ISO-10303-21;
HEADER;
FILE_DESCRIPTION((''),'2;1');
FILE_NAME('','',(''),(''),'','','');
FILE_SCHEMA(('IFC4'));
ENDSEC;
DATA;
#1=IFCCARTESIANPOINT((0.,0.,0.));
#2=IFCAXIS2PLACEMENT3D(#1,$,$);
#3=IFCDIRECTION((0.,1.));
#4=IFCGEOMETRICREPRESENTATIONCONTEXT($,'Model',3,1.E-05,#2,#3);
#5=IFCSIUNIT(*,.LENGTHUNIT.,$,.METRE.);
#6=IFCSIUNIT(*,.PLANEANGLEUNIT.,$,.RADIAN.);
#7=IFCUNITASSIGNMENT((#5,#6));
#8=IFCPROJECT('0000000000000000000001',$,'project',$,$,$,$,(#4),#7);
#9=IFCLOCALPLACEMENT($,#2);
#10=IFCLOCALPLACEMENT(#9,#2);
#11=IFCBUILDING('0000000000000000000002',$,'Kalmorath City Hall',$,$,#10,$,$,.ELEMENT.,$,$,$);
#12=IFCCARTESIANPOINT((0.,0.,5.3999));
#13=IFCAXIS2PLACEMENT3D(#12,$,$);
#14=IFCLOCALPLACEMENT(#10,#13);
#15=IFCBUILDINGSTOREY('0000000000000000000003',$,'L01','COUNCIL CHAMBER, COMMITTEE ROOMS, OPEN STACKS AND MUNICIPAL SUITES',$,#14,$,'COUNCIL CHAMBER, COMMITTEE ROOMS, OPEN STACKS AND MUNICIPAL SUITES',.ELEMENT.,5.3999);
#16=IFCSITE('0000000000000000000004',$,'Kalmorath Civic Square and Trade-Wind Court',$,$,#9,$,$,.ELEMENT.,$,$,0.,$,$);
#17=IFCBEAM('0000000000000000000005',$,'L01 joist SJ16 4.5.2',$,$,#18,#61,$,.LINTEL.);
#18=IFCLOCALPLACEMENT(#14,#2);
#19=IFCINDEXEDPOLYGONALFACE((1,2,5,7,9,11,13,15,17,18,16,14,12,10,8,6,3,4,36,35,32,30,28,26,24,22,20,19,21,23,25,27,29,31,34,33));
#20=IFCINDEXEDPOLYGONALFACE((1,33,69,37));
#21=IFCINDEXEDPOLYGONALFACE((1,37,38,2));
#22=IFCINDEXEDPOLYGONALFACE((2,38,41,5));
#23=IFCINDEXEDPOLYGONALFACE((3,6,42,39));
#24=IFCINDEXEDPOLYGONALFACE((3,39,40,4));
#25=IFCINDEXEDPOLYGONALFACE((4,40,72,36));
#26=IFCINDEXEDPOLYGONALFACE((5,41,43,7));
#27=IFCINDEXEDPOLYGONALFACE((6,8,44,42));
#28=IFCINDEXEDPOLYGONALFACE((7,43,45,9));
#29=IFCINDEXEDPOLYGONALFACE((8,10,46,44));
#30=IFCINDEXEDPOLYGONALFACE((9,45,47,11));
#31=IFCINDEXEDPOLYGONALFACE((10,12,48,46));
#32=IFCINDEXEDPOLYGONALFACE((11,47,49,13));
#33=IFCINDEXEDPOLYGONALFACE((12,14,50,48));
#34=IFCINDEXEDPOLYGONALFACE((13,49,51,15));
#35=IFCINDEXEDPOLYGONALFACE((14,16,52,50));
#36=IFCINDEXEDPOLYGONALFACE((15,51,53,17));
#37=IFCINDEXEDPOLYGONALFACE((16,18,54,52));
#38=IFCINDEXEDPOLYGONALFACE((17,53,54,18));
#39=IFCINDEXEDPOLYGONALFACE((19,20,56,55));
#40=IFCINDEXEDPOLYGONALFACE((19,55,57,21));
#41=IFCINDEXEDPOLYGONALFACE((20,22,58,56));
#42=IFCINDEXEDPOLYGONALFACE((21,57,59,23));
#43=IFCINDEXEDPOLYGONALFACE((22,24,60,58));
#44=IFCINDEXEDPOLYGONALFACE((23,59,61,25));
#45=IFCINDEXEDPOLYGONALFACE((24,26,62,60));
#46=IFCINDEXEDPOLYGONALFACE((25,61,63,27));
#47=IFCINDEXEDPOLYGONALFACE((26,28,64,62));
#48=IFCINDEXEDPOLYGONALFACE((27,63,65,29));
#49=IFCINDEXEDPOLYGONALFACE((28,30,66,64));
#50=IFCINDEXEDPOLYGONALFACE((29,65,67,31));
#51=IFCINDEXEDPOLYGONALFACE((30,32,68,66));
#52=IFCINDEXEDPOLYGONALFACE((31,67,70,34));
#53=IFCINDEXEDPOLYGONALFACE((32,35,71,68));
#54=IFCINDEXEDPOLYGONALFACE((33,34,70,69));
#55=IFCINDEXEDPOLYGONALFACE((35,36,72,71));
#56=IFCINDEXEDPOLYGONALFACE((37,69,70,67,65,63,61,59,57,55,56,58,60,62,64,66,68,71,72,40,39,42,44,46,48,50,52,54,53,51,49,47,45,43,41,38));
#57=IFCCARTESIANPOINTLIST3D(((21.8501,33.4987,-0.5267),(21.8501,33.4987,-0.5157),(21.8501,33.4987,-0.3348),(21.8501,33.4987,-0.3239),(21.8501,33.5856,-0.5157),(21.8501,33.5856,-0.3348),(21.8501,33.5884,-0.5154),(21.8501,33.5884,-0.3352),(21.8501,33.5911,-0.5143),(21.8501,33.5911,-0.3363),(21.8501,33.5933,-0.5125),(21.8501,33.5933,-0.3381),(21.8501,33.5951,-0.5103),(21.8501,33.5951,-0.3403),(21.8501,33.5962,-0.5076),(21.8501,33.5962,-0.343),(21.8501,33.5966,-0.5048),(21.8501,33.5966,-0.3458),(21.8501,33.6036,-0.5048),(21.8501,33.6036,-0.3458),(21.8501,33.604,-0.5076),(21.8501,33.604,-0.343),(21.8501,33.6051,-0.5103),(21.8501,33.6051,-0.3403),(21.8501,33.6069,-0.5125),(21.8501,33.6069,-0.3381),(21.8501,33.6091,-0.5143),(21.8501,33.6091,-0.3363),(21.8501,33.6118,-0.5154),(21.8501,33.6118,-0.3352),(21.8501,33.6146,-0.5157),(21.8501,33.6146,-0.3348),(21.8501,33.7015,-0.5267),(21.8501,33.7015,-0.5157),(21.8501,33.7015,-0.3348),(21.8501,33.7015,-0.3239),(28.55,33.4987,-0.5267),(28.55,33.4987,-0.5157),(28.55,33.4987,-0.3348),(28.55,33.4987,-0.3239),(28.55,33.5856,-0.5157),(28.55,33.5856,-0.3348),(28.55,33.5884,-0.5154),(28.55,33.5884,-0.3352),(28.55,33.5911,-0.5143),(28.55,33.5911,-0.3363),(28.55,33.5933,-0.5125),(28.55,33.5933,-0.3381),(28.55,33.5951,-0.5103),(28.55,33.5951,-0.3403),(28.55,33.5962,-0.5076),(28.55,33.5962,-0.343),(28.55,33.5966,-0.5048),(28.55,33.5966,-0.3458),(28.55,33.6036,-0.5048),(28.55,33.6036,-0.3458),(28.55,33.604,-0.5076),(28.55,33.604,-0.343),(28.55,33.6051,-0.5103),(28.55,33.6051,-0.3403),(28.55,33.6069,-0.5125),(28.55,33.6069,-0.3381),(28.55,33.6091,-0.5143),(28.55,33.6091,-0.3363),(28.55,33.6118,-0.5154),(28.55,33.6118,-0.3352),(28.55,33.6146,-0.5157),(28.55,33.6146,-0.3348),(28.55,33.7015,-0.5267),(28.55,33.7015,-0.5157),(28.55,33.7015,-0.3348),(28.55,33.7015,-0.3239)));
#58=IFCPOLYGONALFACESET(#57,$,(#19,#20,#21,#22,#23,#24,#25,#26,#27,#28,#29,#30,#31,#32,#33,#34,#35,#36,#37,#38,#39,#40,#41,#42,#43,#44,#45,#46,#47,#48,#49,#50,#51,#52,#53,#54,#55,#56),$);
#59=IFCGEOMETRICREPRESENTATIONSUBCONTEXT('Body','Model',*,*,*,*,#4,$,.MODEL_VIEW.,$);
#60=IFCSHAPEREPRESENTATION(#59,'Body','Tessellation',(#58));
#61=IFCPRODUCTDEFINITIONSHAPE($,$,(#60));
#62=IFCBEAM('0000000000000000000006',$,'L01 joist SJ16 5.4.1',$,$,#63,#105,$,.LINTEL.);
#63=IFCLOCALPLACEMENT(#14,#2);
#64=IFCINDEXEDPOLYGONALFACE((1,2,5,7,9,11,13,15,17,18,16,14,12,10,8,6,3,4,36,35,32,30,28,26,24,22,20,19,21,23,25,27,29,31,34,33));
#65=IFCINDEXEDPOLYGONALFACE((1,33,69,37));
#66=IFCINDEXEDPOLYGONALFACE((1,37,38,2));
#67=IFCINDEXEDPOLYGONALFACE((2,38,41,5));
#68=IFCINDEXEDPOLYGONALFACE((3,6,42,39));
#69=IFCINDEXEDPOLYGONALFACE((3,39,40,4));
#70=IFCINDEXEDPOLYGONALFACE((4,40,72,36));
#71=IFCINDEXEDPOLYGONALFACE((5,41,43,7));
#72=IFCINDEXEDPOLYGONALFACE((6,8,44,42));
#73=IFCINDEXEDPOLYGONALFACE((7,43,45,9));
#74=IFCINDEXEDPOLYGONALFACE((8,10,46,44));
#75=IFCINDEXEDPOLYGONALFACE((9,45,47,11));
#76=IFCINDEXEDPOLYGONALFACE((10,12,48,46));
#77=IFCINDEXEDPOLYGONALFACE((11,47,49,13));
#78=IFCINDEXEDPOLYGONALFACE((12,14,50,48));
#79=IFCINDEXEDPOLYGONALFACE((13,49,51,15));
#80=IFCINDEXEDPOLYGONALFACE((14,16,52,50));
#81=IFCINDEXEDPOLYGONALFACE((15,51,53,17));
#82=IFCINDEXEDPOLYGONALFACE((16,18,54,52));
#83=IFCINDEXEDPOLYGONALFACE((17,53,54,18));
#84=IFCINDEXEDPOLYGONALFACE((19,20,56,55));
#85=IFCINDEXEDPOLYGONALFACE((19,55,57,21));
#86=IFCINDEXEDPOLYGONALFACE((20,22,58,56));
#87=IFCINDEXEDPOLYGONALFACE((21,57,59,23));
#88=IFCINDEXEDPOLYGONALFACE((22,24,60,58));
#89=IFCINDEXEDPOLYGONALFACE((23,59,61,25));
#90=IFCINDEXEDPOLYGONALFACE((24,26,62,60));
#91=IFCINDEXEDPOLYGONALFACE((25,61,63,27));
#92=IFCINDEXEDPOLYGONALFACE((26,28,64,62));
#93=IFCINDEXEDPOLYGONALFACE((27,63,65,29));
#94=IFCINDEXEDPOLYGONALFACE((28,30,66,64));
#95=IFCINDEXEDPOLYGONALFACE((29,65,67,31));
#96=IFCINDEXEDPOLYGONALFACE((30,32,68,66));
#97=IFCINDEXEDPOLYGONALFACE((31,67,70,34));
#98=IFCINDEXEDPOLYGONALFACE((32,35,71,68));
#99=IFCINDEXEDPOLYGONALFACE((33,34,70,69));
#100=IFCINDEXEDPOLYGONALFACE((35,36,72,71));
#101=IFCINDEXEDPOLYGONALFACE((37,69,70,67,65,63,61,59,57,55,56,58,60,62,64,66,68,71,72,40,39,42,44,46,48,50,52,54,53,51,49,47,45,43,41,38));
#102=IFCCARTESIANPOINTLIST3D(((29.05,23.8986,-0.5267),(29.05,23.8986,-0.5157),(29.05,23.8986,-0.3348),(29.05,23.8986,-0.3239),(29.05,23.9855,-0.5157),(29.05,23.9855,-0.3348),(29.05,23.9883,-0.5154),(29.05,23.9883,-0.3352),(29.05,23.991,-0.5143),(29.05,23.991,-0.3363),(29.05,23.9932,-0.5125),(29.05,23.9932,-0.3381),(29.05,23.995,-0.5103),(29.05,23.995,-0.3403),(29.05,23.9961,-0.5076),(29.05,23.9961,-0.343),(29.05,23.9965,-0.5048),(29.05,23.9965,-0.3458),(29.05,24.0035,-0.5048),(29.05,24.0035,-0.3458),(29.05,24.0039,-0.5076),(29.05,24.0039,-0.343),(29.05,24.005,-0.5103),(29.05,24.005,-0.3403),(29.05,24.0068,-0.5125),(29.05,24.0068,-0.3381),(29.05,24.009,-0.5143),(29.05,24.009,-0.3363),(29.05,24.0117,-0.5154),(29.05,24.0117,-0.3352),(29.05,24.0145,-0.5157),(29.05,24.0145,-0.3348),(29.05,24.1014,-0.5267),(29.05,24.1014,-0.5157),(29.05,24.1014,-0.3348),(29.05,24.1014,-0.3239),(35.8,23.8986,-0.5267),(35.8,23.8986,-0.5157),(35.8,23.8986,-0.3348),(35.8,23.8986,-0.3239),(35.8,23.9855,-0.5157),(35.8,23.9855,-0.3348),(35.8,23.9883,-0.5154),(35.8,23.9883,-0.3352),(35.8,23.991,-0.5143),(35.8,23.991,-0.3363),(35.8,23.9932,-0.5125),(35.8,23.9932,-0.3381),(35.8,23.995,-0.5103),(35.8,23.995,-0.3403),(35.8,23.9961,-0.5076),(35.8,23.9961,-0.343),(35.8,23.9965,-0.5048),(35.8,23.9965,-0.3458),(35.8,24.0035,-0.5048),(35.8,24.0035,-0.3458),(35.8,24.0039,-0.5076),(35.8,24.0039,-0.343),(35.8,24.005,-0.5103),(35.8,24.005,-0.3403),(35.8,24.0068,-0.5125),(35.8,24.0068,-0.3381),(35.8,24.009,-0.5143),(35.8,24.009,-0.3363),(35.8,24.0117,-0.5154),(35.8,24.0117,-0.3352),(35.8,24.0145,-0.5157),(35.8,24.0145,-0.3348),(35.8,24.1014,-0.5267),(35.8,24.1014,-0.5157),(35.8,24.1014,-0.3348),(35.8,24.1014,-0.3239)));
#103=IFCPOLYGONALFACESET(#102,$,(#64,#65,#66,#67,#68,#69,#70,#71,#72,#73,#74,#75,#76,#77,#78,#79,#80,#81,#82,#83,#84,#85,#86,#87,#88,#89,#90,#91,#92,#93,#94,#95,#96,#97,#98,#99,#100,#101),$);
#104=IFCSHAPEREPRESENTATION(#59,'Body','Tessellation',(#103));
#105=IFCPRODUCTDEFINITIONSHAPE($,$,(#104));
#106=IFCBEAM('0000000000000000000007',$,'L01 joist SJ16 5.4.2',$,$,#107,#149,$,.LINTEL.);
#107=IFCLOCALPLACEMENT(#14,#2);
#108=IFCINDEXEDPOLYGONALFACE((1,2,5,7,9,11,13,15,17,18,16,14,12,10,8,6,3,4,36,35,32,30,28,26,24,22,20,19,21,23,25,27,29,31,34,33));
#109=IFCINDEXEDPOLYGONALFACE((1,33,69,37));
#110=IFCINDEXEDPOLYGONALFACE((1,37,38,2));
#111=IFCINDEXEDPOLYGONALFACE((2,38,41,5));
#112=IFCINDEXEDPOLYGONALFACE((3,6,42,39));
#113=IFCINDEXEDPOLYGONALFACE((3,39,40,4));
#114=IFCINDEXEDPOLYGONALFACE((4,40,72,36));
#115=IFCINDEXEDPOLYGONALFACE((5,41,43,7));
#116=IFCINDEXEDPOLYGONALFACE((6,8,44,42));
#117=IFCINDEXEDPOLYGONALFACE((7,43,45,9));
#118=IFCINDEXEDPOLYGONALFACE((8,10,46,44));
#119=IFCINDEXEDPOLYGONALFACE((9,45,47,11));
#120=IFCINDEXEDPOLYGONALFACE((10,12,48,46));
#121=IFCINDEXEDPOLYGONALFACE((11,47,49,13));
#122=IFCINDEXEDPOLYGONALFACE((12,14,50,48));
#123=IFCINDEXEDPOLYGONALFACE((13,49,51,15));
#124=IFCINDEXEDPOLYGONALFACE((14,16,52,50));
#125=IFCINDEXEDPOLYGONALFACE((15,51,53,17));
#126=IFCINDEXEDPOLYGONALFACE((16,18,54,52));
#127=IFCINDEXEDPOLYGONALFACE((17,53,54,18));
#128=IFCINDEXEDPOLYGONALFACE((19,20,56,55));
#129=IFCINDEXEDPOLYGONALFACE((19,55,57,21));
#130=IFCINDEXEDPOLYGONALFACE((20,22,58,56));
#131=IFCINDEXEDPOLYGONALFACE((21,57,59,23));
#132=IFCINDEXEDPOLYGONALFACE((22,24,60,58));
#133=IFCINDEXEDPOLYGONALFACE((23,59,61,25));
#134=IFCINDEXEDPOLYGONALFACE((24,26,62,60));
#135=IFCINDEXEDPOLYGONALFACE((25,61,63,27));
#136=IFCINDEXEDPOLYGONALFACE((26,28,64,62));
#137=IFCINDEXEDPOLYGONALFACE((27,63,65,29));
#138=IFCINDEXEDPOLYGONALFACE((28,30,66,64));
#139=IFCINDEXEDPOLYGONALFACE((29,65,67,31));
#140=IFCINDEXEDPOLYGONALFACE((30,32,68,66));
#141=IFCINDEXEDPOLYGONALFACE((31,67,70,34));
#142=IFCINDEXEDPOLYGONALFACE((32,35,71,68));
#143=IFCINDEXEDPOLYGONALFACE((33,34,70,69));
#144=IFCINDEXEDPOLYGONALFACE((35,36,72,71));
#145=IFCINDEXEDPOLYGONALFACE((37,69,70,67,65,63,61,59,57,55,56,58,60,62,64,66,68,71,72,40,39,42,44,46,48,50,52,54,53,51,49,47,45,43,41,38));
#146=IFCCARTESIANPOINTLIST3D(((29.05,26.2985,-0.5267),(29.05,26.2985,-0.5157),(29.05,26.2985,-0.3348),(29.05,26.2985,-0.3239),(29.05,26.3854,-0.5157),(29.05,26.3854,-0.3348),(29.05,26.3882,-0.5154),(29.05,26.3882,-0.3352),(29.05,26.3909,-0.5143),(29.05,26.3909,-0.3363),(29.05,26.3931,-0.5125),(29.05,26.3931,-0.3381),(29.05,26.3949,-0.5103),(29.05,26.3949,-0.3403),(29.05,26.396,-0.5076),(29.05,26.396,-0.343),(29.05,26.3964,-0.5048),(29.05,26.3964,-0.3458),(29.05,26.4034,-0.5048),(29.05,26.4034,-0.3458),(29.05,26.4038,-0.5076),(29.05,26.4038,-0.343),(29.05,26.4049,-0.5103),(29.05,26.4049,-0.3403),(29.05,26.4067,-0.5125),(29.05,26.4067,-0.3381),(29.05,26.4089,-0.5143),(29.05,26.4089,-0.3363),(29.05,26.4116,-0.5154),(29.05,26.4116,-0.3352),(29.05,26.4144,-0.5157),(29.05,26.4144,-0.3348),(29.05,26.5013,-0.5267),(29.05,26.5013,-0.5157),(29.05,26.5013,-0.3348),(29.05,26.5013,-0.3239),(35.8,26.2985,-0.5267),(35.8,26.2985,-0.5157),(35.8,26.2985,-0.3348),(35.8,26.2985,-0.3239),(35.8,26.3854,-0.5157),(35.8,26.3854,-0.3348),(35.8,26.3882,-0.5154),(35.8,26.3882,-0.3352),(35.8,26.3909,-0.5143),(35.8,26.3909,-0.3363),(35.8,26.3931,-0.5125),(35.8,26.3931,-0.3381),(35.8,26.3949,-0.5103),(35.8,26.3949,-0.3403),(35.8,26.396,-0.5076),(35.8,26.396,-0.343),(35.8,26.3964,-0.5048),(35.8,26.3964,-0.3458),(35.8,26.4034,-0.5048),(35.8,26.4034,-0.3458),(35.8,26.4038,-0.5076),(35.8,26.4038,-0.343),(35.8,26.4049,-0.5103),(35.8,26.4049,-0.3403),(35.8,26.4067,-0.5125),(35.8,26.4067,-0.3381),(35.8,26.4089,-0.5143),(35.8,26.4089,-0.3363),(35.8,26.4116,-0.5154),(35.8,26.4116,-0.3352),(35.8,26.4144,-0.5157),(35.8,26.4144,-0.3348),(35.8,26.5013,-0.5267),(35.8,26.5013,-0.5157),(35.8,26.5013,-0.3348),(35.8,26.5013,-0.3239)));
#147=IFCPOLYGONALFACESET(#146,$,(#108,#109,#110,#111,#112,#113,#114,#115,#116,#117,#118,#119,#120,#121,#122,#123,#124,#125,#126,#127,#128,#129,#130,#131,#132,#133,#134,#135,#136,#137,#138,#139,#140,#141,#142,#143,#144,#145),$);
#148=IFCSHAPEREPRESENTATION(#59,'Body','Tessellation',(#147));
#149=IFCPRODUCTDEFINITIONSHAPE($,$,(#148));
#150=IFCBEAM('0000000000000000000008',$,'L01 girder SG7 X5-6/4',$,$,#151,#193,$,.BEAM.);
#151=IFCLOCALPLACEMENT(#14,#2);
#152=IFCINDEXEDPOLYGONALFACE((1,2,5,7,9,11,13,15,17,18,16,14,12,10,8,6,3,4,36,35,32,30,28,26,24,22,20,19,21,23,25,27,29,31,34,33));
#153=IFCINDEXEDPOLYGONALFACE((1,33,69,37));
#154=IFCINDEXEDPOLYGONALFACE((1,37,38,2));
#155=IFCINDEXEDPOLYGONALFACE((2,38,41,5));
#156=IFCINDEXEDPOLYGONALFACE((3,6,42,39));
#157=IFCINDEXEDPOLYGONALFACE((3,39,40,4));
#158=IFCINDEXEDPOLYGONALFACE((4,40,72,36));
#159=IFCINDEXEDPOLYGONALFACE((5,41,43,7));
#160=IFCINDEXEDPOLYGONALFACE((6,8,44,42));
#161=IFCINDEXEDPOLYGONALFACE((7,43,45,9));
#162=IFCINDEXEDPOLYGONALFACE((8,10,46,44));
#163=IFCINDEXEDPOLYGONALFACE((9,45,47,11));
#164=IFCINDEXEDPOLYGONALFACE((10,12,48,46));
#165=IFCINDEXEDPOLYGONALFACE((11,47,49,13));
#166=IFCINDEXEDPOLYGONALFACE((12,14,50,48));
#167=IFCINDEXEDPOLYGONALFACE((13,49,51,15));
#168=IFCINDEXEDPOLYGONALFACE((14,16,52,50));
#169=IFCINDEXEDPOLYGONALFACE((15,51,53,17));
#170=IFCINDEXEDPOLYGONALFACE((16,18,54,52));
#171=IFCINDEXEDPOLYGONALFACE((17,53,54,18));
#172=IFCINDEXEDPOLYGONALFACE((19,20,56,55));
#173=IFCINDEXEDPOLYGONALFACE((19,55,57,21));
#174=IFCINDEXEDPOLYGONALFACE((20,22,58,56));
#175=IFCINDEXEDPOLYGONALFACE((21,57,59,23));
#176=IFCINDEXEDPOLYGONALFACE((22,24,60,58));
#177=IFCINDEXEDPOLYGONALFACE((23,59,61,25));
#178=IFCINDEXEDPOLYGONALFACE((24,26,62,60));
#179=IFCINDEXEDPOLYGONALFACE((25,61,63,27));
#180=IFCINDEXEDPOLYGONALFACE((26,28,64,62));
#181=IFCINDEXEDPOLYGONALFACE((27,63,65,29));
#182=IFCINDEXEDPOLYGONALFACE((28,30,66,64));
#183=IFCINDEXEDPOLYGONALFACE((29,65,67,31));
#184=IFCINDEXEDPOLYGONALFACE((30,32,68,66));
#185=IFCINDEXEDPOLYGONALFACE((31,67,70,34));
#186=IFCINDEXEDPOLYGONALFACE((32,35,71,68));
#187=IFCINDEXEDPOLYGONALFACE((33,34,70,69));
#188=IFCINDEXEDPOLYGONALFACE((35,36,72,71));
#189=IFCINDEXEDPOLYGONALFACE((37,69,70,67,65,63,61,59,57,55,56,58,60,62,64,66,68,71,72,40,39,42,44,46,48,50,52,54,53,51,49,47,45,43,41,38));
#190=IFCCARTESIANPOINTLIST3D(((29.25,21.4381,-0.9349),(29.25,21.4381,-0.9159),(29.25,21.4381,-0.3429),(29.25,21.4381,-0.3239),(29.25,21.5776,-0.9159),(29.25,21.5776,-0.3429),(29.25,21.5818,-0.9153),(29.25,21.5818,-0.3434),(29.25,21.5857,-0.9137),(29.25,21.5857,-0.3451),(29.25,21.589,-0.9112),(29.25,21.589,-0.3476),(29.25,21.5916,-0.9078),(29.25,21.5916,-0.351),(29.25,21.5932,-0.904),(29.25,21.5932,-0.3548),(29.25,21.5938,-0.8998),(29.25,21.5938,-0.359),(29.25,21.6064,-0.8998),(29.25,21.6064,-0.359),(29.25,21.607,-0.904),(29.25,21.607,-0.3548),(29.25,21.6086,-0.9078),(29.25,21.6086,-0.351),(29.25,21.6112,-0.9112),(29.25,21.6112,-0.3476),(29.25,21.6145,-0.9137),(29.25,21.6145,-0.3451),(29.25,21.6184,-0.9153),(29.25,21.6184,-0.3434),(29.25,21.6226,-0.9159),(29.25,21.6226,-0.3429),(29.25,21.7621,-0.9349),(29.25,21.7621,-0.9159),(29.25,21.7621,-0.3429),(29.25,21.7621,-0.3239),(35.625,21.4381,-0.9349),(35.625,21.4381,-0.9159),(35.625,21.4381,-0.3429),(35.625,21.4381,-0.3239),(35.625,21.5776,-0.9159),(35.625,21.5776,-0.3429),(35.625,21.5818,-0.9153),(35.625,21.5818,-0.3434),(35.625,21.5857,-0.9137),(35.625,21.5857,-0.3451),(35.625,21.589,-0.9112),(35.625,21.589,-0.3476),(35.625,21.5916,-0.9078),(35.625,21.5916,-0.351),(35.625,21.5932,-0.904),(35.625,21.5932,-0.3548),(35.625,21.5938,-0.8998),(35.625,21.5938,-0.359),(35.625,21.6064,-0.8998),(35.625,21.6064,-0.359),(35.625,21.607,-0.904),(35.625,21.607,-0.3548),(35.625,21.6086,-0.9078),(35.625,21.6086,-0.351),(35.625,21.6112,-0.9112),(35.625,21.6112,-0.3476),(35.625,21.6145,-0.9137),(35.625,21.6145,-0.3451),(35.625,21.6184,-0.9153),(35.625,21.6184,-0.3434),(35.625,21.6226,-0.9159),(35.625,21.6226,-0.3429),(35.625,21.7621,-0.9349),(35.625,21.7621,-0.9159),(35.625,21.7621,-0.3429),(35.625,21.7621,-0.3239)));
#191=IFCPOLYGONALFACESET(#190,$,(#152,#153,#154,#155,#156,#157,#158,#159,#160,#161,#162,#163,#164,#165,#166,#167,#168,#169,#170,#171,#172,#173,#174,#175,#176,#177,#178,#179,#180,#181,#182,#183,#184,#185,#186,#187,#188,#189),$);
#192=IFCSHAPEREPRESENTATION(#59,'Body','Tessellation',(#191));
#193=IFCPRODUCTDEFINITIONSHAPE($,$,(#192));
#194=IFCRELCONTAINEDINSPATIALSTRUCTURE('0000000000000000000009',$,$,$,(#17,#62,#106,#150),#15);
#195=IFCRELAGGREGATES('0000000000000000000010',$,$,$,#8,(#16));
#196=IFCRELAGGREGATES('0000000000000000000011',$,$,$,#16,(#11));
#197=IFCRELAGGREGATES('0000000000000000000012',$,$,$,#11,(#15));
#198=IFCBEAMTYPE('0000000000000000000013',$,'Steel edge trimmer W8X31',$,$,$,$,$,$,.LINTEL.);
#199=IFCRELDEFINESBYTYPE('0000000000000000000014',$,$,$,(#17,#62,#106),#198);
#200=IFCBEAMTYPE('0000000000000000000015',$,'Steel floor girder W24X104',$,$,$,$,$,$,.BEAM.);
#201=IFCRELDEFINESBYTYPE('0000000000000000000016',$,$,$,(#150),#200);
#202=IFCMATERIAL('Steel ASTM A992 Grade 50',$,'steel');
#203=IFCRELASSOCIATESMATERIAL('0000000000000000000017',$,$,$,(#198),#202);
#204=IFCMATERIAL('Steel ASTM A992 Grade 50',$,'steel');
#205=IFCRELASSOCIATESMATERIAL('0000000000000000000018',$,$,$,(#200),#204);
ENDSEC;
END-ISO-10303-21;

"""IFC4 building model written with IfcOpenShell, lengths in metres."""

from ifc_helpers import new_model, si_unit, direction, frame, origin, origin_2d, place, context, subcontext, project, spatial, i_section, extrude, material, material_profile, profile_set, type_object, element, save


model = new_model("IFC4")

# Units and contexts
model_context = context("Model", 3, precision=1e-05, world=origin(), true_north=direction((0.0, 1.0)))
body_context = subcontext(model_context, "Body", "Model", "MODEL_VIEW")
ifc_project = project(units=[si_unit("LENGTHUNIT", "METRE"), si_unit("PLANEANGLEUNIT", "RADIAN")], contexts=[model_context])

# Site, building, storey
site_placement = place(None, origin())
site = spatial("IfcSite", under=ifc_project, at=site_placement, Name="Kalmorath Civic Square and Trade-Wind Court", CompositionType="ELEMENT", RefElevation=0.0)
building_placement = place(site_placement, origin())
building = spatial("IfcBuilding", under=site, at=building_placement, Name="Kalmorath City Hall", CompositionType="ELEMENT")
storey_placement = place(building_placement, frame((0.0, 0.0, 5.3999)))
storey = spatial("IfcBuildingStorey", under=building, at=storey_placement, Name="L01", Description="COUNCIL CHAMBER, COMMITTEE ROOMS, OPEN STACKS AND MUNICIPAL SUITES", LongName="COUNCIL CHAMBER, COMMITTEE ROOMS, OPEN STACKS AND MUNICIPAL SUITES", CompositionType="ELEMENT", Elevation=5.3999)

# Beams
ifc_material_1 = material(Name="Steel ASTM A992 Grade 50", Category="steel")
ifc_material_profile_1 = material_profile(ifc_material_1, i_section(OverallWidth=0.2029, OverallDepth=0.2029, WebThickness=0.0071, FlangeThickness=0.011, FilletRadius=0.011, at=origin_2d()), Name="W8X31")
ifc_profile_set_1 = profile_set([ifc_material_profile_1], Name="Steel ASTM A992 Grade 50")
beam_type_1 = type_object("IfcBeamType", Name="Steel edge trimmer W8X31", PredefinedType="LINTEL", material=ifc_profile_set_1)
for number, where, z_axis, x_axis, name in (
    (1, (21.8501, 33.6001, -0.4253), (1.0, 0.0, 0.0), (0.0, 1.0, 0.0), "L01 joist SJ16 4.5.2"),
):
    element("IfcBeam", number, at=place(storey_placement, frame(where, z_axis=z_axis, x_axis=x_axis)), inside=storey, type_object=beam_type_1, Name=name, PredefinedType="LINTEL", context=body_context, shape_type="SweptSolid", body=[
        extrude(i_section(OverallWidth=0.2029, OverallDepth=0.2029, WebThickness=0.0071, FlangeThickness=0.011, FilletRadius=0.011, at=origin_2d()), origin(), (0.0, 0.0, 1.0), 6.7),
    ])
for number, where, z_axis, x_axis, name in (
    (2, (29.05, 24.0, -0.4253), (1.0, 0.0, 0.0), (0.0, 1.0, 0.0), "L01 joist SJ16 5.4.1"),
    (3, (29.05, 26.3999, -0.4253), (1.0, 0.0, 0.0), (0.0, 1.0, 0.0), "L01 joist SJ16 5.4.2"),
):
    element("IfcBeam", number, at=place(storey_placement, frame(where, z_axis=z_axis, x_axis=x_axis)), inside=storey, type_object=beam_type_1, Name=name, PredefinedType="LINTEL", context=body_context, shape_type="SweptSolid", body=[
        extrude(i_section(OverallWidth=0.2029, OverallDepth=0.2029, WebThickness=0.0071, FlangeThickness=0.011, FilletRadius=0.011, at=origin_2d()), origin(), (0.0, 0.0, 1.0), 6.75),
    ])
ifc_material_2 = material(Name="Steel ASTM A992 Grade 50", Category="steel")
ifc_material_profile_2 = material_profile(ifc_material_2, i_section(OverallWidth=0.324, OverallDepth=0.6111, WebThickness=0.0127, FlangeThickness=0.019, FilletRadius=0.0161, at=origin_2d()), Name="W24X104")
ifc_profile_set_2 = profile_set([ifc_material_profile_2], Name="Steel ASTM A992 Grade 50")
beam_type_2 = type_object("IfcBeamType", Name="Steel floor girder W24X104", PredefinedType="BEAM", material=ifc_profile_set_2)
beam_1_placement = place(storey_placement, frame((29.25, 21.6001, -0.6294), z_axis=(1.0, 0.0, 0.0), x_axis=(0.0, 1.0, 0.0)))
element("IfcBeam", 4, at=beam_1_placement, inside=storey, type_object=beam_type_2, Name="L01 girder SG7 X5-6/4", PredefinedType="BEAM", context=body_context, shape_type="SweptSolid", body=[
    extrude(i_section(OverallWidth=0.324, OverallDepth=0.6111, WebThickness=0.0127, FlangeThickness=0.019, FilletRadius=0.0161, at=origin_2d()), origin(), (0.0, 0.0, 1.0), 6.375),
])

save(model, "model.ifc")
